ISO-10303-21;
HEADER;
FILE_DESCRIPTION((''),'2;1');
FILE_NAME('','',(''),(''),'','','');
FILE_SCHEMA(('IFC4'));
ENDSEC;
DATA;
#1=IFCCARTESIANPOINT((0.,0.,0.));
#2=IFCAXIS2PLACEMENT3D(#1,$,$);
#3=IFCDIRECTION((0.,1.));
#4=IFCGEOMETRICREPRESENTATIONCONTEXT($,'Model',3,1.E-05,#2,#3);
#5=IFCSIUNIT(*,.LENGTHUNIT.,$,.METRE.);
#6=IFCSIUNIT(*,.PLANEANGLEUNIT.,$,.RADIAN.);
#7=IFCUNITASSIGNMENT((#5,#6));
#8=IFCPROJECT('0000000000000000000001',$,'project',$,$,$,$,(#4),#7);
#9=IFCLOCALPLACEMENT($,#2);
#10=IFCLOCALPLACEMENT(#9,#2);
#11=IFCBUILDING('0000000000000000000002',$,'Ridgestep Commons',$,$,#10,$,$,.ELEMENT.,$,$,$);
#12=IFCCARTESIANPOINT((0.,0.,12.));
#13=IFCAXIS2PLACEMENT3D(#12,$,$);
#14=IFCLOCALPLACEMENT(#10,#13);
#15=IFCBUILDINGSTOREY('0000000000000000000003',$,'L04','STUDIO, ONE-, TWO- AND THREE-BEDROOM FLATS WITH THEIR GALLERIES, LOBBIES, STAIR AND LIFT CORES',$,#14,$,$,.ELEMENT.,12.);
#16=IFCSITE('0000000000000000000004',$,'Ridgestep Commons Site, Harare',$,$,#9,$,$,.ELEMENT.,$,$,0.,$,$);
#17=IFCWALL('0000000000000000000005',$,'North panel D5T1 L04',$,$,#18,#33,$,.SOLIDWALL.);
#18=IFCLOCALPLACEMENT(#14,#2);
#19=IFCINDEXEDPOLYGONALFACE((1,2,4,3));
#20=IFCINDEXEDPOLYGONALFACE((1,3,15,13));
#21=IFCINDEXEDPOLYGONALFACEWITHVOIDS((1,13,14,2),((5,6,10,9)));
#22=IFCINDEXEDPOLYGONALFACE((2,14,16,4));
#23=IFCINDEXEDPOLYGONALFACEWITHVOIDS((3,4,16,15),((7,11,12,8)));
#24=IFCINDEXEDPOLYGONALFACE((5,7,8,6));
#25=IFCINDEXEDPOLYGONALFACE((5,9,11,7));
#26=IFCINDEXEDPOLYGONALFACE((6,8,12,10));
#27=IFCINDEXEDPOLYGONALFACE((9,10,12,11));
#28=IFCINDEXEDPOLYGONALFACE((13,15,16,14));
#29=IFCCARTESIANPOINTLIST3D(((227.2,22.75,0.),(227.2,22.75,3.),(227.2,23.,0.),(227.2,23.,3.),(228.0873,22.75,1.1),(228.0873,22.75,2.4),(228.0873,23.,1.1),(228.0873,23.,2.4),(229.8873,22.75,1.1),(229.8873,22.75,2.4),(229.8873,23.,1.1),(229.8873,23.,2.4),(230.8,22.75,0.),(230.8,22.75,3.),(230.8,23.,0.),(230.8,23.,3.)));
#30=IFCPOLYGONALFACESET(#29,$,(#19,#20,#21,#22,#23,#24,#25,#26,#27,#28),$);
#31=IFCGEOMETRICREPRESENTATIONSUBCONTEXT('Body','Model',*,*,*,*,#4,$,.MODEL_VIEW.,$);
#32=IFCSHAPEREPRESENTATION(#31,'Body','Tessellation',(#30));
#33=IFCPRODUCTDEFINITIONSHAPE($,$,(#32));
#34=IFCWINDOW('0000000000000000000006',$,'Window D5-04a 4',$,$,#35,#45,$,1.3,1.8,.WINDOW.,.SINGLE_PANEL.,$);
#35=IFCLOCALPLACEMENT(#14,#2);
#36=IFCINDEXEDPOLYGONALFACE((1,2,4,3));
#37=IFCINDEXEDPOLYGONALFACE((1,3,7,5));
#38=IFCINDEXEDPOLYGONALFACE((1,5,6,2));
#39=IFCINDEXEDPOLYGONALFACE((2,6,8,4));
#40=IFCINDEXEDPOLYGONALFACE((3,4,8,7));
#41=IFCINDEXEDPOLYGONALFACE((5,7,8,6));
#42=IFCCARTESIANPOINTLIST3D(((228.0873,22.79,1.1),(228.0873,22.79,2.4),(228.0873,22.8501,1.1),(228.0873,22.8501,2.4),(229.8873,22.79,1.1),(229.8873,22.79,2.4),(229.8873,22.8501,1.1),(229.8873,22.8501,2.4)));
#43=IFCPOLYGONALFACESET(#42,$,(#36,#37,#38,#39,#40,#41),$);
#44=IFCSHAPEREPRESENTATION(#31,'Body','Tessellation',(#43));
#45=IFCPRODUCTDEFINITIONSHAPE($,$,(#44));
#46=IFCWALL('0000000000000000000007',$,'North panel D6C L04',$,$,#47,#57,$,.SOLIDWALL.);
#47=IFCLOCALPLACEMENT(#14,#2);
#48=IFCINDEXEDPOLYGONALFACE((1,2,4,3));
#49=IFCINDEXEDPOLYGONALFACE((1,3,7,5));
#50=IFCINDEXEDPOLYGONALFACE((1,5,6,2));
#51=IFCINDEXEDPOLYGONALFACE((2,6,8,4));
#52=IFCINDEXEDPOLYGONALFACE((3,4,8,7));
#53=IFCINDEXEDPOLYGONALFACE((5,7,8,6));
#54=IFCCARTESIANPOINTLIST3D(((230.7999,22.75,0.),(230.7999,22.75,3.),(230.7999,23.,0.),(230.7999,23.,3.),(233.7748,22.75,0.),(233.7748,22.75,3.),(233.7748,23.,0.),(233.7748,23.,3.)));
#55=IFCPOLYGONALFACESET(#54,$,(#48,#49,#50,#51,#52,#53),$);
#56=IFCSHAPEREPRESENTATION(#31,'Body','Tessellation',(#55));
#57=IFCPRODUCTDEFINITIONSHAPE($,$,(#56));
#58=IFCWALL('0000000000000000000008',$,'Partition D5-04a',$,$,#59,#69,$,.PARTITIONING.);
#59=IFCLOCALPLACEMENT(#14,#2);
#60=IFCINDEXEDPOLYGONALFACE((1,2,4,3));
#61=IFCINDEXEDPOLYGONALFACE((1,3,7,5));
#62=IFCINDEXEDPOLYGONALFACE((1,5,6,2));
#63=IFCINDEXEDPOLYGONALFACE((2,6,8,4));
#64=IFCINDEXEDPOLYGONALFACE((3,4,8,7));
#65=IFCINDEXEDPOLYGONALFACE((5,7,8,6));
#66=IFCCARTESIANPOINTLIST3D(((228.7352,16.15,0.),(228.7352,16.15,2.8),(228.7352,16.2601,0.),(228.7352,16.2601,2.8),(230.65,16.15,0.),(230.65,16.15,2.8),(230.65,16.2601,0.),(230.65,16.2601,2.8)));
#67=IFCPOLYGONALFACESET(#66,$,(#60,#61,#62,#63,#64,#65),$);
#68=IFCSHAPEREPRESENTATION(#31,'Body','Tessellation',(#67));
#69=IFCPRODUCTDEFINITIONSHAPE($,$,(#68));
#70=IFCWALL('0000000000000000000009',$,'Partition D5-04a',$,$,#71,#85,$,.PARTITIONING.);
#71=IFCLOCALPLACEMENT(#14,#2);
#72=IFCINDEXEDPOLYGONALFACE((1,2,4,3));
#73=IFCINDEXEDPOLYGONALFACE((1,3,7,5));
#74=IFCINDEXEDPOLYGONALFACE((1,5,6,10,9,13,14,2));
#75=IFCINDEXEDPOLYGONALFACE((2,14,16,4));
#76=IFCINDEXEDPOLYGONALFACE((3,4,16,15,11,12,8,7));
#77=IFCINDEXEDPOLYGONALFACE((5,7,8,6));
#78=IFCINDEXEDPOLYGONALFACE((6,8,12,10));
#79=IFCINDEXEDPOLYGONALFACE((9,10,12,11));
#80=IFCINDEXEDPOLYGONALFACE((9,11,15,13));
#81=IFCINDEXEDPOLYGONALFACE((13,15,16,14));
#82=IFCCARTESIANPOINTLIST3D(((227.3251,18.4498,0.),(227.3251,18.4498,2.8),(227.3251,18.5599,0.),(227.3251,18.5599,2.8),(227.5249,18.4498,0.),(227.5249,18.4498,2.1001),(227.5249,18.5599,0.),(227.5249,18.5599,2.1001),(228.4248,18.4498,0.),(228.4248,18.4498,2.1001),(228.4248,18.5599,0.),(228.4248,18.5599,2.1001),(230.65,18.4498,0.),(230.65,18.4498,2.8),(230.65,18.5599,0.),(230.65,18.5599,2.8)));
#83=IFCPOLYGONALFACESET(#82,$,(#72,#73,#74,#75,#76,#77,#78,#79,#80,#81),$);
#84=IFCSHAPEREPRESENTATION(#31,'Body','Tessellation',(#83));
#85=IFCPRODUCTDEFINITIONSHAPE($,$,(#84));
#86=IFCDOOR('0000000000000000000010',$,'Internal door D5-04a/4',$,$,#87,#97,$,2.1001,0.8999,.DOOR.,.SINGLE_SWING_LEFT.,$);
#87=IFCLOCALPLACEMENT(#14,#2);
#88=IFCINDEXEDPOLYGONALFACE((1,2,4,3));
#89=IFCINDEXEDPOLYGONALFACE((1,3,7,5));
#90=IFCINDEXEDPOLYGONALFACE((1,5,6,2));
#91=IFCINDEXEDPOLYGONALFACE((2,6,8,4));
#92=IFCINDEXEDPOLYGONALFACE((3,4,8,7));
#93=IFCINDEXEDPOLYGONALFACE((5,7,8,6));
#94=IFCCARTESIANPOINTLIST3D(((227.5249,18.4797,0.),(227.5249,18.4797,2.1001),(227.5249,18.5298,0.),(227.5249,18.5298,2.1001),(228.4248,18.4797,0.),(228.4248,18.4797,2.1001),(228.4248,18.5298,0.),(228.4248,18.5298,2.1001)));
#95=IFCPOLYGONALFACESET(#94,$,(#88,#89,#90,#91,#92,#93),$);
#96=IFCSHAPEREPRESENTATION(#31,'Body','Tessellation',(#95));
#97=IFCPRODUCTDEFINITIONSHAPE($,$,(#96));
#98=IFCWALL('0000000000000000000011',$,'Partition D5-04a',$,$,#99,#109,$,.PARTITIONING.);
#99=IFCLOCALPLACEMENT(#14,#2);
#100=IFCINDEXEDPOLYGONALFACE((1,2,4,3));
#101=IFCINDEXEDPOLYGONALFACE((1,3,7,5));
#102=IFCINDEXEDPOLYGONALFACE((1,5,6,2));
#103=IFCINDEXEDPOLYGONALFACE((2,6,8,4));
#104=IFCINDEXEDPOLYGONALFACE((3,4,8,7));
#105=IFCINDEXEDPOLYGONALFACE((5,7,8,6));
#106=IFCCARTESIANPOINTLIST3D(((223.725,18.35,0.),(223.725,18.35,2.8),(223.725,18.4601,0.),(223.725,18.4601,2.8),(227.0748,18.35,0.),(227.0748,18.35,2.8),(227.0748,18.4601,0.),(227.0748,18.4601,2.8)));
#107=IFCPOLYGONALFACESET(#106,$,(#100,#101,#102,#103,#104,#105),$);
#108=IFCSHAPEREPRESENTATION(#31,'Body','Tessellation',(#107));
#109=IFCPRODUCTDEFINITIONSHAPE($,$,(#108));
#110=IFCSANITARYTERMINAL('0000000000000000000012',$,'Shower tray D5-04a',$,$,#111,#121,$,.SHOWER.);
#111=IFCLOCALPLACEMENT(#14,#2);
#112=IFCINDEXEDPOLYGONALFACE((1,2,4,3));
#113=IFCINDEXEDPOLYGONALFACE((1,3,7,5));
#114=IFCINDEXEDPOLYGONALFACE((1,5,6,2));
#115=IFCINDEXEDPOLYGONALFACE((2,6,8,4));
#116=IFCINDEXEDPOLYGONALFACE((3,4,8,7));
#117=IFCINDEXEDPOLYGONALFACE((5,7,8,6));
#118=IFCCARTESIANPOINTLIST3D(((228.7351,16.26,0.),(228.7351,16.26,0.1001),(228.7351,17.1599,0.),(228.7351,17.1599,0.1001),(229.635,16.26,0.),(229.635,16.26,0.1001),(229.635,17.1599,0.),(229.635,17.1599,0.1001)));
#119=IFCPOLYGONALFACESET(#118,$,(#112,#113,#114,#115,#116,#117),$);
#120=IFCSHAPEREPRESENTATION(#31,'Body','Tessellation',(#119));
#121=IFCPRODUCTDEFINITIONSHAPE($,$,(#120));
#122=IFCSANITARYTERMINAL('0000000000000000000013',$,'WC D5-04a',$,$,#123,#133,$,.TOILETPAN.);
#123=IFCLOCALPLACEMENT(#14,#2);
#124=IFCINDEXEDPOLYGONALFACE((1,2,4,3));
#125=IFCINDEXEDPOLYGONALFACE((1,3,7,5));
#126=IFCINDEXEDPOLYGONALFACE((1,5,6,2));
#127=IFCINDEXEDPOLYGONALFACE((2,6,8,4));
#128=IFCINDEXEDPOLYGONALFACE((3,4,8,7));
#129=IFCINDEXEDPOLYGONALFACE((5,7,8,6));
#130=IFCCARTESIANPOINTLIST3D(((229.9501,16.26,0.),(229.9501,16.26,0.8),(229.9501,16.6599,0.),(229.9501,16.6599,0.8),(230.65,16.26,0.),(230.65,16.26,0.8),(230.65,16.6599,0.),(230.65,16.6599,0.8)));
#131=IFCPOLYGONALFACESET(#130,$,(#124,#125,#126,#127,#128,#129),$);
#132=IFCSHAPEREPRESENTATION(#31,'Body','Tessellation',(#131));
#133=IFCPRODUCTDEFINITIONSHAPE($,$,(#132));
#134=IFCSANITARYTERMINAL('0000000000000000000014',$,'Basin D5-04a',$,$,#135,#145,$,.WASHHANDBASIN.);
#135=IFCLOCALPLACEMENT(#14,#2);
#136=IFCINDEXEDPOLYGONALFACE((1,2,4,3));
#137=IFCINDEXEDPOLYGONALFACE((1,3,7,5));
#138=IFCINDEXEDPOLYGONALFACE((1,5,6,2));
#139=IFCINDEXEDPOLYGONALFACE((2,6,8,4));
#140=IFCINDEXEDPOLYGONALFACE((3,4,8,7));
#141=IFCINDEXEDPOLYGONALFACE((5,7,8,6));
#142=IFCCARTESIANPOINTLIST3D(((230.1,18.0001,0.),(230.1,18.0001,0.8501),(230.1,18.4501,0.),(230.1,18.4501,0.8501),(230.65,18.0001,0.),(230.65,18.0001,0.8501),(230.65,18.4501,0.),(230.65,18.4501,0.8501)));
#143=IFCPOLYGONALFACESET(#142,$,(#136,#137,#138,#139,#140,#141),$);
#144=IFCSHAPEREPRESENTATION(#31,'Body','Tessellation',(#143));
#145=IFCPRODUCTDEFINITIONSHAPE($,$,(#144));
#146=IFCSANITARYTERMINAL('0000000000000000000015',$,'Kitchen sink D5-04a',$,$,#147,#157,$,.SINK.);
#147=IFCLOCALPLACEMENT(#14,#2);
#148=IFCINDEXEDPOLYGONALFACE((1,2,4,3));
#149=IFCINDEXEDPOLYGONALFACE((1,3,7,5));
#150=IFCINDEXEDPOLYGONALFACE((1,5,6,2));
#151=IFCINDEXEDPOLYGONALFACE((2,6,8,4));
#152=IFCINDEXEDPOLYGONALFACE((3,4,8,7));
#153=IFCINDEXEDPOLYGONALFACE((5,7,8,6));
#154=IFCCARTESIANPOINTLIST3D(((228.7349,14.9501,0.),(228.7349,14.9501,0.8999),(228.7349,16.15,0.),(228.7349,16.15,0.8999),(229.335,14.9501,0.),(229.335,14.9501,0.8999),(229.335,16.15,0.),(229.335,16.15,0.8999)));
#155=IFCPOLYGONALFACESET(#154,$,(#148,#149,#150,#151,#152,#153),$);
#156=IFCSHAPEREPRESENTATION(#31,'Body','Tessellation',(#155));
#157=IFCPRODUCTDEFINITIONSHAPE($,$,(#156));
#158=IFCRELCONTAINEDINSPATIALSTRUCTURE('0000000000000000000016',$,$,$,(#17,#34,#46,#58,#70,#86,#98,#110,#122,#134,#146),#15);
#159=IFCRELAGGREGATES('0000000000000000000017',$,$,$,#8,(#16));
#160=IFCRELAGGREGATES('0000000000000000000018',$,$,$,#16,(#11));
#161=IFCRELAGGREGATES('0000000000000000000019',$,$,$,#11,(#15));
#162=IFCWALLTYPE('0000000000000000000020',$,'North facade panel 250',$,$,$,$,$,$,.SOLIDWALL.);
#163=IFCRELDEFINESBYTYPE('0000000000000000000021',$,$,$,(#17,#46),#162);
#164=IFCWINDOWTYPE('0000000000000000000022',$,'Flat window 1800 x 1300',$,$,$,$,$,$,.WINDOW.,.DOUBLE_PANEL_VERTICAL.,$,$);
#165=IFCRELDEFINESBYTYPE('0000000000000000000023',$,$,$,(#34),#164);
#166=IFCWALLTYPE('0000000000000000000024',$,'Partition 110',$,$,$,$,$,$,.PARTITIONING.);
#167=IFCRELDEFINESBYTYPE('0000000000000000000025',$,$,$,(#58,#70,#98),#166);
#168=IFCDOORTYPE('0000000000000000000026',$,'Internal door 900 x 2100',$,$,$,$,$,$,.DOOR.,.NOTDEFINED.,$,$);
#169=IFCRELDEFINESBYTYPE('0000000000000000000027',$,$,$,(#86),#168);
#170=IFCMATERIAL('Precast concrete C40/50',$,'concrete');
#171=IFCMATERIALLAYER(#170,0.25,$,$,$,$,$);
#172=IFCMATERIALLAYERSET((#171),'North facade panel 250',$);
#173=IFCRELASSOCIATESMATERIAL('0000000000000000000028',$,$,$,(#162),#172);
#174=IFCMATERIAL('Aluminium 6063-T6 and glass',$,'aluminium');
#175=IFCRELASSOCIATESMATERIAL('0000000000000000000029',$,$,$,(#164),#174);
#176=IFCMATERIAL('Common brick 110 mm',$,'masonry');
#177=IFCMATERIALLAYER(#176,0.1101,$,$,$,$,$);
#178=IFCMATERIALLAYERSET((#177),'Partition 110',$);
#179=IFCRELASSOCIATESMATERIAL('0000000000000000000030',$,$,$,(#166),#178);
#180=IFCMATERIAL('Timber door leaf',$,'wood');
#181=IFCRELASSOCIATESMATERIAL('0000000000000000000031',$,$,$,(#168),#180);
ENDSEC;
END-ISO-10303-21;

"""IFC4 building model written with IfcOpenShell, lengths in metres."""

from ifc_helpers import new_model, si_unit, direction, frame, frame_2d, origin, origin_2d, place, context, subcontext, project, spatial, rectangle, extrude, material, layer, layer_set, type_object, element, fill, save


model = new_model("IFC4")

# Units and contexts
model_context = context("Model", 3, precision=1e-05, world=origin(), true_north=direction((0.0, 1.0)))
body_context = subcontext(model_context, "Body", "Model", "MODEL_VIEW")
ifc_project = project(units=[si_unit("LENGTHUNIT", "METRE"), si_unit("PLANEANGLEUNIT", "RADIAN")], contexts=[model_context])

# Site, building, storey
site_placement = place(None, origin())
site = spatial("IfcSite", under=ifc_project, at=site_placement, Name="Ridgestep Commons Site, Harare", CompositionType="ELEMENT", RefElevation=0.0)
building_placement = place(site_placement, origin())
building = spatial("IfcBuilding", under=site, at=building_placement, Name="Ridgestep Commons", CompositionType="ELEMENT")
storey_placement = place(building_placement, frame((0.0, 0.0, 12.0)))
storey = spatial("IfcBuildingStorey", under=building, at=storey_placement, Name="L04", Description="STUDIO, ONE-, TWO- AND THREE-BEDROOM FLATS WITH THEIR GALLERIES, LOBBIES, STAIR AND LIFT CORES", CompositionType="ELEMENT", Elevation=12.0)

# Wall, opening, window
ifc_material_1 = material(Name="Precast concrete C40/50", Category="concrete")
ifc_layer_1 = layer(ifc_material_1, 0.25)
ifc_layer_set_1 = layer_set([ifc_layer_1], Name="North facade panel 250")
wall_type_1 = type_object("IfcWallType", Name="North facade panel 250", PredefinedType="SOLIDWALL", material=ifc_layer_set_1)
ifc_material_2 = material(Name="Aluminium 6063-T6 and glass", Category="aluminium")
window_type = type_object("IfcWindowType", Name="Flat window 1800 x 1300", PartitioningType="DOUBLE_PANEL_VERTICAL", PredefinedType="WINDOW", material=ifc_material_2)
wall_1_placement = place(storey_placement, frame((227.2, 22.875, 0.0), z_axis=(0.0, 0.0, 1.0), x_axis=(1.0, 0.0, 0.0)))
wall_1 = element("IfcWall", 1, at=wall_1_placement, inside=storey, type_object=wall_type_1, Name="North panel D5T1 L04", PredefinedType="SOLIDWALL", context=body_context, shape_type="SweptSolid", body=[
    extrude(rectangle(XDim=3.6001, YDim=0.25, at=frame_2d((1.8, 0.0))), origin(), (0.0, 0.0, 1.0), 3.0),
])
opening_1_placement = place(wall_1_placement, frame((0.8875, 0.0, 1.1001)))
opening_1 = element("IfcOpeningElement", 2, at=opening_1_placement, cuts=wall_1, PredefinedType="OPENING", context=body_context, shape_type="SweptSolid", body=[
    extrude(rectangle(XDim=1.8, YDim=1.3, at=frame_2d((0.8999, 0.6499))), frame((0.0, 0.135, 0.0), z_axis=(0.0, -1.0, 0.0), x_axis=(1.0, 0.0, 0.0)), (0.0, 0.0, 1.0), 0.27),
])
window_1_placement = place(opening_1_placement, origin())
window_1 = element("IfcWindow", 3, at=window_1_placement, inside=storey, type_object=window_type, Name="Window D5-04a 4", OverallHeight=1.3, OverallWidth=1.8, PartitioningType="SINGLE_PANEL", PredefinedType="WINDOW", context=body_context, shape_type="SweptSolid", body=[
    extrude(rectangle(XDim=1.8, YDim=1.3, at=frame_2d((0.8999, 0.6499))), frame((0.0, -0.0249, 0.0), z_axis=(0.0, -1.0, 0.0), x_axis=(1.0, 0.0, 0.0)), (0.0, 0.0, 1.0), 0.0601),
])
fill(opening_1, window_1)

# Walls
wall_2_placement = place(storey_placement, frame((230.8, 22.875, 0.0), z_axis=(0.0, 0.0, 1.0), x_axis=(1.0, 0.0, 0.0)))
element("IfcWall", 4, at=wall_2_placement, inside=storey, type_object=wall_type_1, Name="North panel D6C L04", PredefinedType="SOLIDWALL", context=body_context, shape_type="SweptSolid", body=[
    extrude(rectangle(XDim=2.9749, YDim=0.25, at=frame_2d((1.4873, 0.0))), origin(), (0.0, 0.0, 1.0), 3.0),
])
ifc_material_3 = material(Name="Common brick 110 mm", Category="masonry")
ifc_layer_2 = layer(ifc_material_3, 0.1101)
ifc_layer_set_2 = layer_set([ifc_layer_2], Name="Partition 110")
wall_type_2 = type_object("IfcWallType", Name="Partition 110", PredefinedType="PARTITIONING", material=ifc_layer_set_2)
wall_3_placement = place(storey_placement, frame((228.7351, 16.2051, 0.0), z_axis=(0.0, 0.0, 1.0), x_axis=(1.0, 0.0, 0.0)))
element("IfcWall", 5, at=wall_3_placement, inside=storey, type_object=wall_type_2, Name="Partition D5-04a", PredefinedType="PARTITIONING", context=body_context, shape_type="SweptSolid", body=[
    extrude(rectangle(XDim=1.9148, YDim=0.1101, at=frame_2d((0.9575, 0.0))), origin(), (0.0, 0.0, 1.0), 2.8),
])

# Wall, opening, door
wall_4_placement = place(storey_placement, frame((227.325, 18.5049, 0.0), z_axis=(0.0, 0.0, 1.0), x_axis=(1.0, 0.0, 0.0)))
wall_4 = element("IfcWall", 6, at=wall_4_placement, inside=storey, type_object=wall_type_2, Name="Partition D5-04a", PredefinedType="PARTITIONING", context=body_context, shape_type="SweptSolid", body=[
    extrude(rectangle(XDim=3.325, YDim=0.1101, at=frame_2d((1.6626, 0.0))), origin(), (0.0, 0.0, 1.0), 2.8),
])
opening_2_placement = place(wall_4_placement, frame((0.2, 0.0, 0.0)))
opening_2 = element("IfcOpeningElement", 7, at=opening_2_placement, cuts=wall_4, PredefinedType="OPENING", context=body_context, shape_type="SweptSolid", body=[
    extrude(rectangle(XDim=0.8999, YDim=2.1001, at=frame_2d((0.45, 1.05))), frame((0.0, 0.0649, 0.0), z_axis=(0.0, -1.0, 0.0), x_axis=(1.0, 0.0, 0.0)), (0.0, 0.0, 1.0), 0.1301),
])
ifc_material_4 = material(Name="Timber door leaf", Category="wood")
door_type_1 = type_object("IfcDoorType", Name="Internal door 900 x 2100", OperationType="NOTDEFINED", PredefinedType="DOOR", material=ifc_material_4)
door_1_placement = place(opening_2_placement, origin())
door_1 = element("IfcDoor", 8, at=door_1_placement, inside=storey, type_object=door_type_1, Name="Internal door D5-04a/4", OperationType="SINGLE_SWING_LEFT", OverallHeight=2.1001, OverallWidth=0.8999, PredefinedType="DOOR", context=body_context, shape_type="SweptSolid", body=[
    extrude(rectangle(XDim=0.8999, YDim=2.1001, at=frame_2d((0.45, 1.05))), frame((0.0, 0.0249, 0.0), z_axis=(0.0, -1.0, 0.0), x_axis=(1.0, 0.0, 0.0)), (0.0, 0.0, 1.0), 0.05),
])
fill(opening_2, door_1)

# Wall
wall_5_placement = place(storey_placement, frame((223.7251, 18.405, 0.0), z_axis=(0.0, 0.0, 1.0), x_axis=(1.0, 0.0, 0.0)))
element("IfcWall", 9, at=wall_5_placement, inside=storey, type_object=wall_type_2, Name="Partition D5-04a", PredefinedType="PARTITIONING", context=body_context, shape_type="SweptSolid", body=[
    extrude(rectangle(XDim=3.3499, YDim=0.1101, at=frame_2d((1.6748, 0.0))), origin(), (0.0, 0.0, 1.0), 2.8),
])

# Sanitary terminals
sanitary_terminal_1_placement = place(storey_placement, frame((229.1851, 16.71, 0.0), z_axis=(0.0, 0.0, 1.0), x_axis=(1.0, 0.0, 0.0)))
element("IfcSanitaryTerminal", 10, at=sanitary_terminal_1_placement, inside=storey, Name="Shower tray D5-04a", PredefinedType="SHOWER", context=body_context, shape_type="SweptSolid", body=[
    extrude(rectangle(XDim=0.8999, YDim=0.8999, at=origin_2d()), origin(), (0.0, 0.0, 1.0), 0.1001),
])
sanitary_terminal_2_placement = place(storey_placement, frame((230.3, 16.46, 0.0), z_axis=(0.0, 0.0, 1.0), x_axis=(1.0, 0.0, 0.0)))
element("IfcSanitaryTerminal", 11, at=sanitary_terminal_2_placement, inside=storey, Name="WC D5-04a", PredefinedType="TOILETPAN", context=body_context, shape_type="SweptSolid", body=[
    extrude(rectangle(XDim=0.7, YDim=0.3999, at=origin_2d()), origin(), (0.0, 0.0, 1.0), 0.8),
])
sanitary_terminal_3_placement = place(storey_placement, frame((230.375, 18.2251, 0.0), z_axis=(0.0, 0.0, 1.0), x_axis=(1.0, 0.0, 0.0)))
element("IfcSanitaryTerminal", 12, at=sanitary_terminal_3_placement, inside=storey, Name="Basin D5-04a", PredefinedType="WASHHANDBASIN", context=body_context, shape_type="SweptSolid", body=[
    extrude(rectangle(XDim=0.55, YDim=0.45, at=origin_2d()), origin(), (0.0, 0.0, 1.0), 0.8501),
])
sanitary_terminal_4_placement = place(storey_placement, frame((229.0349, 15.55, 0.0), z_axis=(0.0, 0.0, 1.0), x_axis=(1.0, 0.0, 0.0)))
element("IfcSanitaryTerminal", 13, at=sanitary_terminal_4_placement, inside=storey, Name="Kitchen sink D5-04a", PredefinedType="SINK", context=body_context, shape_type="SweptSolid", body=[
    extrude(rectangle(XDim=0.6001, YDim=1.2, at=origin_2d()), origin(), (0.0, 0.0, 1.0), 0.8999),
])

save(model, "model.ifc")
